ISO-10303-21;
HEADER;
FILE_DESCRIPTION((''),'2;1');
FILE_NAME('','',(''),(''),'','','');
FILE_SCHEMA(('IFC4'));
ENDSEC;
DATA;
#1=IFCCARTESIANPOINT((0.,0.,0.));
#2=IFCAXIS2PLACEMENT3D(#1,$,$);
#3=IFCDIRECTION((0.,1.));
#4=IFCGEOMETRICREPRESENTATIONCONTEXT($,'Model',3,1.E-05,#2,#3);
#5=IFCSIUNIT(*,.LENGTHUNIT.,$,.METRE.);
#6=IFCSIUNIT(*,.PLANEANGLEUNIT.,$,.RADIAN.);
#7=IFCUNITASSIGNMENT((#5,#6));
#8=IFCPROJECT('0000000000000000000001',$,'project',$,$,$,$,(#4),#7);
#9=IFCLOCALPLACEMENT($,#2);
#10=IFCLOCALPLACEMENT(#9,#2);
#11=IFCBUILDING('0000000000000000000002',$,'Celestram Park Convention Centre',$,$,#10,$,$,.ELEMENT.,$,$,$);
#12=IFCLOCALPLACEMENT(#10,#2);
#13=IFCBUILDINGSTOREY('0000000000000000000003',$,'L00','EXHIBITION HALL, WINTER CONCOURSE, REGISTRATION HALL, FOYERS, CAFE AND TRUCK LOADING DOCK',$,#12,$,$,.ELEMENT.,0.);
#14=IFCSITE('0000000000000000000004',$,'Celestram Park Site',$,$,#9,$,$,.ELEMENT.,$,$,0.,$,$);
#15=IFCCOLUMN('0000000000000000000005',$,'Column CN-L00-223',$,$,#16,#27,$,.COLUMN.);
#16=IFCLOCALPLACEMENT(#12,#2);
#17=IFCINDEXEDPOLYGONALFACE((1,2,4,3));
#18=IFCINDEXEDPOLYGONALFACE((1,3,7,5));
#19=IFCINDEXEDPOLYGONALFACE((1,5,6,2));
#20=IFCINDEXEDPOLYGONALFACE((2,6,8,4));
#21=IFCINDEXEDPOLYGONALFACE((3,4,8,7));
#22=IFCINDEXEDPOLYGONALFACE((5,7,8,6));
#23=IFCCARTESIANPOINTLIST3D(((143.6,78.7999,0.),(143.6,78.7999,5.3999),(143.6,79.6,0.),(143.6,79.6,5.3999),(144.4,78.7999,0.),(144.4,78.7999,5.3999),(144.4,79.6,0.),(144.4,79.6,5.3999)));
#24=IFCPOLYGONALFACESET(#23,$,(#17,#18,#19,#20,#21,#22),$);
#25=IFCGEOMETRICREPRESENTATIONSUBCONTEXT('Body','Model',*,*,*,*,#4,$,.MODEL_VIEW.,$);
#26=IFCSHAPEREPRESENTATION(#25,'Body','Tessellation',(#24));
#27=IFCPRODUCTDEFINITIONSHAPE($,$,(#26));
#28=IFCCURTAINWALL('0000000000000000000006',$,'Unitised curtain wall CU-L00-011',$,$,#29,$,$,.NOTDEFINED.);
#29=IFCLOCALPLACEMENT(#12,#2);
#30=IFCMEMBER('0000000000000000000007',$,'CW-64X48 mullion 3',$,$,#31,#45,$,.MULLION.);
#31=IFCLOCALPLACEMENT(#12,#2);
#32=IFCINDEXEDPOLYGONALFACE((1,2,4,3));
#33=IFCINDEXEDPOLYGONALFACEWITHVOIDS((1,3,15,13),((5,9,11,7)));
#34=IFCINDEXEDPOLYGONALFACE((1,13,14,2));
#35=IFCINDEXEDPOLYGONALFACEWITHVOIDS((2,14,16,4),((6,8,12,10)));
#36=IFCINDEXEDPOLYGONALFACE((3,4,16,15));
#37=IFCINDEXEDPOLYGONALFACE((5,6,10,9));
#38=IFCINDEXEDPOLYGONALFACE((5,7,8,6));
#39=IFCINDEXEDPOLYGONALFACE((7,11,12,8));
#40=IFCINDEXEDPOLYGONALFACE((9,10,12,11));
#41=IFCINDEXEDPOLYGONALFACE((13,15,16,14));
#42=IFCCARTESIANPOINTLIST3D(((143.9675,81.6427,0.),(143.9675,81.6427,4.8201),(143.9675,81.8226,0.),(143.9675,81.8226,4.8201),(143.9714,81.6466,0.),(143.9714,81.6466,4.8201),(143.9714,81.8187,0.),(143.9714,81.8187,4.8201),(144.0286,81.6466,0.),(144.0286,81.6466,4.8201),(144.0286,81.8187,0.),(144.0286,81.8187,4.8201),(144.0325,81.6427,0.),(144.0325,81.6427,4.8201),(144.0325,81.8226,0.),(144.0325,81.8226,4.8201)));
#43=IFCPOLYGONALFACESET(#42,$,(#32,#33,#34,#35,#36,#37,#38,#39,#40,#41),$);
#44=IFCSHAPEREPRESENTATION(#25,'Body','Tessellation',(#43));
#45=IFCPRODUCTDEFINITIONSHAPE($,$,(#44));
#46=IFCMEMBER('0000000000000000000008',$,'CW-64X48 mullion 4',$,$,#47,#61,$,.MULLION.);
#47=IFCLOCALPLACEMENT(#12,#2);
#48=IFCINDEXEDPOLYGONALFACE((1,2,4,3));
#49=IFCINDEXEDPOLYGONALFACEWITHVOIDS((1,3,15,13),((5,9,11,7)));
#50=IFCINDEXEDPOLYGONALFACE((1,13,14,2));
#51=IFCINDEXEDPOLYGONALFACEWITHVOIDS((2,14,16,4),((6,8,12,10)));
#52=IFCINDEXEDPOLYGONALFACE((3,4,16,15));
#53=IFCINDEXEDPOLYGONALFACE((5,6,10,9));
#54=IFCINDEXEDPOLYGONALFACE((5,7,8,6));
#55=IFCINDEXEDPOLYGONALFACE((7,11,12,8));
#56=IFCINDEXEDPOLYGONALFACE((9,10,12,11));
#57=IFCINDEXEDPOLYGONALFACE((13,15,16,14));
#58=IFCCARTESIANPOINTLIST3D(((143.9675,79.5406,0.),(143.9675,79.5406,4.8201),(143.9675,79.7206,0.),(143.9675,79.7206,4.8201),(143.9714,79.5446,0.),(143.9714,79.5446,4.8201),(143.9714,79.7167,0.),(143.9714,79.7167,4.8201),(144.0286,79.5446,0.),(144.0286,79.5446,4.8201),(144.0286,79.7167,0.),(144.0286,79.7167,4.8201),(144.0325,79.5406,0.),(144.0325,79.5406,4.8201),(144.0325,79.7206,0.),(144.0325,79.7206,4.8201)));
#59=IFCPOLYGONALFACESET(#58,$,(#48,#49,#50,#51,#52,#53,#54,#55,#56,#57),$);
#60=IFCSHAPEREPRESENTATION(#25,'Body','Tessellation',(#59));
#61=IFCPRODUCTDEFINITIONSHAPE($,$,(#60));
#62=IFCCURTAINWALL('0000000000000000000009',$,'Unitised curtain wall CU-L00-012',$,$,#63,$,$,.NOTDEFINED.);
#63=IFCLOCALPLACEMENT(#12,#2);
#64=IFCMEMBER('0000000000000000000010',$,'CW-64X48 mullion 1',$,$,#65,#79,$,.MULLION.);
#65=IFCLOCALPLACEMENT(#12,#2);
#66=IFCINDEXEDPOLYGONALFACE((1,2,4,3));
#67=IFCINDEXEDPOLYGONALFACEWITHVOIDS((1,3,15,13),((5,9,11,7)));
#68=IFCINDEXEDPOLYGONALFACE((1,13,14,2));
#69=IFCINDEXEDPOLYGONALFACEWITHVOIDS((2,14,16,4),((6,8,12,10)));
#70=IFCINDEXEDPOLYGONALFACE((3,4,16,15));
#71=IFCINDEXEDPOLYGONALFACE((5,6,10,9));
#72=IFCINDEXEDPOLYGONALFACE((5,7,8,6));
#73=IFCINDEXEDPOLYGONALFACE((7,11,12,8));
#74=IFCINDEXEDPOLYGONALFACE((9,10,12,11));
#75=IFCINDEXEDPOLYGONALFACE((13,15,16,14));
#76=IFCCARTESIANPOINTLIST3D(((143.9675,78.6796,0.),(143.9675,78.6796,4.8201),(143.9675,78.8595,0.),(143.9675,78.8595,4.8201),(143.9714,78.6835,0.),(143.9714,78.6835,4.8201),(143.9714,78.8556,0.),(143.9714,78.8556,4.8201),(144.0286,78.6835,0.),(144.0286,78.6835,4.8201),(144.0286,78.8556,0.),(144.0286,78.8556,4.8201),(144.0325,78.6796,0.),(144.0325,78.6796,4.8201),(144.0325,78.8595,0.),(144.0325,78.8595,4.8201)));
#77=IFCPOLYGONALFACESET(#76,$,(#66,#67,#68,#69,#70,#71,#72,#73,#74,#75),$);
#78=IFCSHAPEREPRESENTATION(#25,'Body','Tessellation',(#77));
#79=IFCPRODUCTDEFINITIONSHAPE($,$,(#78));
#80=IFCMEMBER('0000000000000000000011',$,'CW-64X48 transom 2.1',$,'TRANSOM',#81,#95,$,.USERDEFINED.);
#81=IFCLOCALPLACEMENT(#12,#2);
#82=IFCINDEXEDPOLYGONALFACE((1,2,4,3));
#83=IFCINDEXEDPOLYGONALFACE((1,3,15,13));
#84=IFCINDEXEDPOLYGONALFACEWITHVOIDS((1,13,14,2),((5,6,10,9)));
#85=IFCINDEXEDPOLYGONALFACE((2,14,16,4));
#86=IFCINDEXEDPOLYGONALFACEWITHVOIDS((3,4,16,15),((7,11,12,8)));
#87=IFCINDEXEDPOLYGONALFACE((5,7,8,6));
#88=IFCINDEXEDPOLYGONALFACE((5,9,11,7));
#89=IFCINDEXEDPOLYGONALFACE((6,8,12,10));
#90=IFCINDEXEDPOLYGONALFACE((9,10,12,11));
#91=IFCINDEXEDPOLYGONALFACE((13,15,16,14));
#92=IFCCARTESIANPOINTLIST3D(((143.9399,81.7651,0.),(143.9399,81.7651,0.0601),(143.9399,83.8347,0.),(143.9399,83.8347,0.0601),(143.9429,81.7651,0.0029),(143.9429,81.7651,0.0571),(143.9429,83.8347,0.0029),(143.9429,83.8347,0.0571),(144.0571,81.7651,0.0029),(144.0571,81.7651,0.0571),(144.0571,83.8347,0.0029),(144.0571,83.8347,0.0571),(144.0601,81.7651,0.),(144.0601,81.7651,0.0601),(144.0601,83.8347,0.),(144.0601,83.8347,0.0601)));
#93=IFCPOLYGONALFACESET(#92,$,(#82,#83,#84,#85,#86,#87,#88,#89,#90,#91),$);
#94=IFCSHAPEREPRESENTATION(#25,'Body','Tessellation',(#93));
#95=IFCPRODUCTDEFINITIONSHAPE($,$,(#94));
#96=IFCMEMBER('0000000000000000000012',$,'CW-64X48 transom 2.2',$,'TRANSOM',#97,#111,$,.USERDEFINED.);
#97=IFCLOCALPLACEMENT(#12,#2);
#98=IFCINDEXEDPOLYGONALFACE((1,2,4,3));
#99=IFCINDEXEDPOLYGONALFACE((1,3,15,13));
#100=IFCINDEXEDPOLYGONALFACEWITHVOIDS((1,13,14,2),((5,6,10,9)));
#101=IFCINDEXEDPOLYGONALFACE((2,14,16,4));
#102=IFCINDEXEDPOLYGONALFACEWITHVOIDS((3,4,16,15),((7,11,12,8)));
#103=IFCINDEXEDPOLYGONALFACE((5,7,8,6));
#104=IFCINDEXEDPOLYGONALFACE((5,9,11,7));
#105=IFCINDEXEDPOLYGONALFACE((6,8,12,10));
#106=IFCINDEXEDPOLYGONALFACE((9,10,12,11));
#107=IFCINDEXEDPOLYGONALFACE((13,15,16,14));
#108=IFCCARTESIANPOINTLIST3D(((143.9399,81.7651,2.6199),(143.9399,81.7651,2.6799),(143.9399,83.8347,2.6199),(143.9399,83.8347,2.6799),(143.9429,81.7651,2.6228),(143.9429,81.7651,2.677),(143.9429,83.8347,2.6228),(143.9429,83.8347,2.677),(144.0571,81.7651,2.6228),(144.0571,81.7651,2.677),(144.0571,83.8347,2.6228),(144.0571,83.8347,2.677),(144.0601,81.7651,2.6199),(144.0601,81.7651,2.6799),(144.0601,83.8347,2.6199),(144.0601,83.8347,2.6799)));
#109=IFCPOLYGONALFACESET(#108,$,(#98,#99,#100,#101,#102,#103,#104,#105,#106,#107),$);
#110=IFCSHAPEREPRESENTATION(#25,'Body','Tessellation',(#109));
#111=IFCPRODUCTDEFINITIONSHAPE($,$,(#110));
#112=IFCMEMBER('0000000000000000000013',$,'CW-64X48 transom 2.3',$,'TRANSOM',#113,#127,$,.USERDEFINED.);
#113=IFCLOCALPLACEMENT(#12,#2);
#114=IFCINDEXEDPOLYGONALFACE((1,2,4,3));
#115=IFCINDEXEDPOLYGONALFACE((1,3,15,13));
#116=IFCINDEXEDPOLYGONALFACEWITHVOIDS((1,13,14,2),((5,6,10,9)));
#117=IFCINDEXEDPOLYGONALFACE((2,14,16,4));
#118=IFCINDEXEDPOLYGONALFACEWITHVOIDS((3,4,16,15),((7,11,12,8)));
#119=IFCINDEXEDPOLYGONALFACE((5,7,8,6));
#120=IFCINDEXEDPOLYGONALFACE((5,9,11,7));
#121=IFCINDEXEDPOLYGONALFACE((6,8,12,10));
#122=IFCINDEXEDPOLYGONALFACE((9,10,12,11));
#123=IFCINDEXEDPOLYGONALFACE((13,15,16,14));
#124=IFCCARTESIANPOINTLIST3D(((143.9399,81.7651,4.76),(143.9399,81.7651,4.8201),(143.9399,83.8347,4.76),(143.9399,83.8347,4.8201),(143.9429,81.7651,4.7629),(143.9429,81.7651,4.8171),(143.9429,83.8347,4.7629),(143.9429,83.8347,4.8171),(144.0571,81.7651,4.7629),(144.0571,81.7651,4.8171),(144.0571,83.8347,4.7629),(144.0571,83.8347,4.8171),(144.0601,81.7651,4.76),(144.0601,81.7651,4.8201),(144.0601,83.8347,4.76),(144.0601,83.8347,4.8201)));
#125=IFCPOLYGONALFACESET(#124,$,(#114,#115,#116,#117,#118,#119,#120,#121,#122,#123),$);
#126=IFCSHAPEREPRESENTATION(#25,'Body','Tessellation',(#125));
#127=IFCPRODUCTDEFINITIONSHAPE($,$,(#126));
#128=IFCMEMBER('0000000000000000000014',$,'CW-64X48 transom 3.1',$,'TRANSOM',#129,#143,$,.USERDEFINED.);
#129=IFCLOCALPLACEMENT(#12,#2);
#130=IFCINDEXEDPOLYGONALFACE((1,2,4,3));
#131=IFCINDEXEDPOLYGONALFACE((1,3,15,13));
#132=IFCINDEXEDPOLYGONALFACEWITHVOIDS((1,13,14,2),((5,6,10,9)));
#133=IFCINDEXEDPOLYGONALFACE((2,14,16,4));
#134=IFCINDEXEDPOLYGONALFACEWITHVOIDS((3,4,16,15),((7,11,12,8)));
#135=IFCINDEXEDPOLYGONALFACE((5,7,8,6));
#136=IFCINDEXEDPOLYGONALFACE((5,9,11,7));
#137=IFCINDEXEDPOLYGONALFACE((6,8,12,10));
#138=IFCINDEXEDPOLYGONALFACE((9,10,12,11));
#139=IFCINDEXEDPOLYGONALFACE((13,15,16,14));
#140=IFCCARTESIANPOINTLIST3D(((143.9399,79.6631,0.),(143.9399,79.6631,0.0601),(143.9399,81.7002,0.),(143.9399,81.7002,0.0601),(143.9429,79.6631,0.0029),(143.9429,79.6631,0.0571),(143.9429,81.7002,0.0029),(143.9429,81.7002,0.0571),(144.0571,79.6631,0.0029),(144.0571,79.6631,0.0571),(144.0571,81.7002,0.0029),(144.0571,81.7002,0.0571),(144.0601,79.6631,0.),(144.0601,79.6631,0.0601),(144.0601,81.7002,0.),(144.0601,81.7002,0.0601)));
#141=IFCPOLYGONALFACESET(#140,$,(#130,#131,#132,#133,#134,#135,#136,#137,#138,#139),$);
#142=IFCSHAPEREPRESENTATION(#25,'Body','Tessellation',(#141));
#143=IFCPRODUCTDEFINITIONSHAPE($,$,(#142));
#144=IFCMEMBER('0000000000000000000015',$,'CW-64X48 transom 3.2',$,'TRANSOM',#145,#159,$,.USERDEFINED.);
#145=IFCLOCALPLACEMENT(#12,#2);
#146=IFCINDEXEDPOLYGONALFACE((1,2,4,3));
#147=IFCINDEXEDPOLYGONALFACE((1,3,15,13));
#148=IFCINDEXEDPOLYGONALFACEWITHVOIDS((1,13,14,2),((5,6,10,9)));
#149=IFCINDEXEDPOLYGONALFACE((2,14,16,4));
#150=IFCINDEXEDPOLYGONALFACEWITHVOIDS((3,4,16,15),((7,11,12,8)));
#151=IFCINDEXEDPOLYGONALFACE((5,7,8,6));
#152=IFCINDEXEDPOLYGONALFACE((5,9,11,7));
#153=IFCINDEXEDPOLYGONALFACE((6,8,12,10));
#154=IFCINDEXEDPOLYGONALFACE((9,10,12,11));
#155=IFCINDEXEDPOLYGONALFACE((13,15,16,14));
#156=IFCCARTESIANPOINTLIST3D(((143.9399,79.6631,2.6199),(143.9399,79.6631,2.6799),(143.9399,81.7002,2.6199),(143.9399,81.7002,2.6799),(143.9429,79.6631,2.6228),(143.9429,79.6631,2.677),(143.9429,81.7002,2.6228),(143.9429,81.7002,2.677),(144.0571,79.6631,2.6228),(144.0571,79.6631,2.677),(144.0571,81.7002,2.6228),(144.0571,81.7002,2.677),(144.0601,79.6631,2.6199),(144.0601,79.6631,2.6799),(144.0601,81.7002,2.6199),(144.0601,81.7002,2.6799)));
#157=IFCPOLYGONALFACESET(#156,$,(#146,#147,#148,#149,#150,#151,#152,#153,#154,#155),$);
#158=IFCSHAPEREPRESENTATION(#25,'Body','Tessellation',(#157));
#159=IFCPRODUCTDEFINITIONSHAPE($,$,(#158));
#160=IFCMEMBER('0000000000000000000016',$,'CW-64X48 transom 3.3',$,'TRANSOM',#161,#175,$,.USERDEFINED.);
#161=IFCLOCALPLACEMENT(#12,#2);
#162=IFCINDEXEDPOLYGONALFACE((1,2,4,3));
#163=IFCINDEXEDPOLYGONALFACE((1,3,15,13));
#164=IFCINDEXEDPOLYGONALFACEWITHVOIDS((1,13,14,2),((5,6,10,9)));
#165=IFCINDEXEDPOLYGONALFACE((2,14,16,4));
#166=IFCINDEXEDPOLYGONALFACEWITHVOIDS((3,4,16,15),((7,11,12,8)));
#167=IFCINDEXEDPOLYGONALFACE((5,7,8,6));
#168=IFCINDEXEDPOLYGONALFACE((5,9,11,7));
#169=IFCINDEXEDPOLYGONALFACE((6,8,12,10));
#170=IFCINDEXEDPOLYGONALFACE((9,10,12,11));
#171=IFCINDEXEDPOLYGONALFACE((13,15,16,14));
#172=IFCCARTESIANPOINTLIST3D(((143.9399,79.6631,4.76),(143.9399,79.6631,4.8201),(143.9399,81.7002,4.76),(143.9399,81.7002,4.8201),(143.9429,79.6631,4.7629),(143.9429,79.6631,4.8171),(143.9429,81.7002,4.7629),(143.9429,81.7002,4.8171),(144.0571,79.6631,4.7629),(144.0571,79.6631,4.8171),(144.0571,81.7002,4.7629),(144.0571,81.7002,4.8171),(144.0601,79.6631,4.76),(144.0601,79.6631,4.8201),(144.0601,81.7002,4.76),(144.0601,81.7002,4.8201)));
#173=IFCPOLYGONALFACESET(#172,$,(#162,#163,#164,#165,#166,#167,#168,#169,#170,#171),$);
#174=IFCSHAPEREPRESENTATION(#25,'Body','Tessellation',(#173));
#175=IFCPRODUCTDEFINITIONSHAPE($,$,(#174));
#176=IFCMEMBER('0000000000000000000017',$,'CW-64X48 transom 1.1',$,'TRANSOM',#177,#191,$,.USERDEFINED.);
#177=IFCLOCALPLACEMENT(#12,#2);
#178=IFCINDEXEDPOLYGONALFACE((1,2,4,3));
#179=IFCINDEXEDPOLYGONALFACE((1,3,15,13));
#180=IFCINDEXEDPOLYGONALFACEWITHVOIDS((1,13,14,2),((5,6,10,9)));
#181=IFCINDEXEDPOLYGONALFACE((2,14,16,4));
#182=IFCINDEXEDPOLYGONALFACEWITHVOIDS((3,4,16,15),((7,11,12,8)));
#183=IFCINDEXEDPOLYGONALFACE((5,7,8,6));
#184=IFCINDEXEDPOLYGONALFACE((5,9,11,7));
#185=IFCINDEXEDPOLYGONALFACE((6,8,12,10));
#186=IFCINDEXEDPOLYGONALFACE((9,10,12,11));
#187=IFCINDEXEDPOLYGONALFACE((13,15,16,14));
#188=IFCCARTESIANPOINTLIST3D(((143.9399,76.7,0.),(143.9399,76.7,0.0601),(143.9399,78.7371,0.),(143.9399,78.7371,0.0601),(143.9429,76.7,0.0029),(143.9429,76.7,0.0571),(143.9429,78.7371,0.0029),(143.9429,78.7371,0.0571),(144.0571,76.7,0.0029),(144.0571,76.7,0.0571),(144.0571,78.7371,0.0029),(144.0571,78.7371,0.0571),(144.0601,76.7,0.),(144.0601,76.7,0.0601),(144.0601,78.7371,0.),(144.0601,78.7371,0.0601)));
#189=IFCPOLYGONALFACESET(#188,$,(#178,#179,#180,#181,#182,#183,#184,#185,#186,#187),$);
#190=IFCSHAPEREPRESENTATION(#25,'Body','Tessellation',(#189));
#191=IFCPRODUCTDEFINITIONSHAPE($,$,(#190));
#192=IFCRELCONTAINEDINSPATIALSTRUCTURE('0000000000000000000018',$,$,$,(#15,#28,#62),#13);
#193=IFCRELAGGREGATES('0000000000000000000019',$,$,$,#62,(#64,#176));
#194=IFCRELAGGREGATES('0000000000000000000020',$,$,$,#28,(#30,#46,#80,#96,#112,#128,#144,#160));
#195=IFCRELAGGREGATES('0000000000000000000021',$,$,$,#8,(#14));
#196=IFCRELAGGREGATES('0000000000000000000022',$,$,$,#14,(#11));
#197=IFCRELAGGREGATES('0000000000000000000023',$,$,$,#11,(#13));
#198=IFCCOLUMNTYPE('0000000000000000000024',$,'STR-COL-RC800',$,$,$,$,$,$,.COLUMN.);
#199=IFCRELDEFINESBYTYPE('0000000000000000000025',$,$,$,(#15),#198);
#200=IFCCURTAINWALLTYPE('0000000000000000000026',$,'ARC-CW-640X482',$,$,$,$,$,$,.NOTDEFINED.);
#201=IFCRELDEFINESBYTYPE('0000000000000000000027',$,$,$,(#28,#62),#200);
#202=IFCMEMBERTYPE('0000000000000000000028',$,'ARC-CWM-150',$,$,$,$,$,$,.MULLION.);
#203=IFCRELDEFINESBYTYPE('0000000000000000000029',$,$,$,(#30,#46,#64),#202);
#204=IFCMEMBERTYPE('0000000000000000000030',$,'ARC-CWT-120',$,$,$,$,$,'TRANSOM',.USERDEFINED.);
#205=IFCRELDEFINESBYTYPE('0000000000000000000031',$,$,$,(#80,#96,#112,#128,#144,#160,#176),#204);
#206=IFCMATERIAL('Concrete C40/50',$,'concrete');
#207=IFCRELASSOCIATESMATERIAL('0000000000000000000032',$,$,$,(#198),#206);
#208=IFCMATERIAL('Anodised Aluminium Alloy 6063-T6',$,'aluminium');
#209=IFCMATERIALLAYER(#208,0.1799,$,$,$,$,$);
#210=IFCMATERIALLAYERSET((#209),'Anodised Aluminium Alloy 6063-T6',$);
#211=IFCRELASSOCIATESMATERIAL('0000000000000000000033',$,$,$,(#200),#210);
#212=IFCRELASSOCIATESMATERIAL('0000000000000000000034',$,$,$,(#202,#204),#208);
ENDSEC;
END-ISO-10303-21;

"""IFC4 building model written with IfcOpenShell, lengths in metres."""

from ifc_helpers import new_model, si_unit, direction, frame, origin, origin_2d, place, context, subcontext, project, spatial, rectangle, hollow_rectangle, extrude, material, layer, layer_set, material_profile, profile_set, type_object, element, aggregate, save


model = new_model("IFC4")

# Units and contexts
model_context = context("Model", 3, precision=1e-05, world=origin(), true_north=direction((0.0, 1.0)))
body_context = subcontext(model_context, "Body", "Model", "MODEL_VIEW")
ifc_project = project(units=[si_unit("LENGTHUNIT", "METRE"), si_unit("PLANEANGLEUNIT", "RADIAN")], contexts=[model_context])

# Site, building, storey
site_placement = place(None, origin())
site = spatial("IfcSite", under=ifc_project, at=site_placement, Name="Celestram Park Site", CompositionType="ELEMENT", RefElevation=0.0)
building_placement = place(site_placement, origin())
building = spatial("IfcBuilding", under=site, at=building_placement, Name="Celestram Park Convention Centre", CompositionType="ELEMENT")
storey_placement = place(building_placement, origin())
storey = spatial("IfcBuildingStorey", under=building, at=storey_placement, Name="L00", Description="EXHIBITION HALL, WINTER CONCOURSE, REGISTRATION HALL, FOYERS, CAFE AND TRUCK LOADING DOCK", CompositionType="ELEMENT", Elevation=0.0)

# Column
ifc_material_1 = material(Name="Concrete C40/50", Category="concrete")
ifc_material_profile_1 = material_profile(ifc_material_1, rectangle(XDim=0.8, YDim=0.8, at=origin_2d()), Name="RC800X800")
ifc_profile_set_1 = profile_set([ifc_material_profile_1], Name="Concrete C40/50")
column_type = type_object("IfcColumnType", Name="STR-COL-RC800", PredefinedType="COLUMN", material=ifc_profile_set_1)
column_placement = place(storey_placement, frame((144.0, 79.2, 0.0), z_axis=(0.0, 0.0, 1.0), x_axis=(1.0, 0.0, 0.0)))
element("IfcColumn", 1, at=column_placement, inside=storey, type_object=column_type, Name="Column CN-L00-223", PredefinedType="COLUMN", context=body_context, shape_type="SweptSolid", body=[
    extrude(rectangle(XDim=0.8, YDim=0.8, at=origin_2d()), origin(), (0.0, 0.0, 1.0), 5.3999),
])

# Curtain wall, members
ifc_material_2 = material(Name="Anodised Aluminium Alloy 6063-T6", Category="aluminium")
ifc_layer_1 = layer(ifc_material_2, 0.1799)
ifc_layer_set_1 = layer_set([ifc_layer_1], Name="Anodised Aluminium Alloy 6063-T6")
curtain_wall_type = type_object("IfcCurtainWallType", Name="ARC-CW-640X482", PredefinedType="NOTDEFINED", material=ifc_layer_set_1)
curtain_wall_1_placement = place(storey_placement, origin())
curtain_wall_1 = element("IfcCurtainWall", 2, at=curtain_wall_1_placement, inside=storey, type_object=curtain_wall_type, Name="Unitised curtain wall CU-L00-011", PredefinedType="NOTDEFINED")
ifc_material_profile_2 = material_profile(ifc_material_2, hollow_rectangle(XDim=0.0649, YDim=0.1799, WallThickness=0.0039, at=origin_2d()), Name="ALU65X180X4")
ifc_profile_set_2 = profile_set([ifc_material_profile_2], Name="Anodised Aluminium Alloy 6063-T6")
member_type_1 = type_object("IfcMemberType", Name="ARC-CWM-150", PredefinedType="MULLION", material=ifc_profile_set_2)
member_1_placement = place(storey_placement, frame((144.0, 81.7327, 0.0), z_axis=(0.0, 0.0, 1.0), x_axis=(1.0, 0.0, 0.0)))
member_1 = element("IfcMember", 3, at=member_1_placement, type_object=member_type_1, Name="CW-64X48 mullion 3", PredefinedType="MULLION", context=body_context, shape_type="SweptSolid", body=[
    extrude(hollow_rectangle(XDim=0.0649, YDim=0.1799, WallThickness=0.0039, at=origin_2d()), origin(), (0.0, 0.0, 1.0), 4.8201),
])
member_2_placement = place(storey_placement, frame((144.0, 79.6306, 0.0), z_axis=(0.0, 0.0, 1.0), x_axis=(1.0, 0.0, 0.0)))
member_2 = element("IfcMember", 4, at=member_2_placement, type_object=member_type_1, Name="CW-64X48 mullion 4", PredefinedType="MULLION", context=body_context, shape_type="SweptSolid", body=[
    extrude(hollow_rectangle(XDim=0.0649, YDim=0.1799, WallThickness=0.0039, at=origin_2d()), origin(), (0.0, 0.0, 1.0), 4.8201),
])

# Curtain wall, member
curtain_wall_2_placement = place(storey_placement, origin())
curtain_wall_2 = element("IfcCurtainWall", 5, at=curtain_wall_2_placement, inside=storey, type_object=curtain_wall_type, Name="Unitised curtain wall CU-L00-012", PredefinedType="NOTDEFINED")
member_3_placement = place(storey_placement, frame((144.0, 78.7695, 0.0), z_axis=(0.0, 0.0, 1.0), x_axis=(1.0, 0.0, 0.0)))
member_3 = element("IfcMember", 6, at=member_3_placement, type_object=member_type_1, Name="CW-64X48 mullion 1", PredefinedType="MULLION", context=body_context, shape_type="SweptSolid", body=[
    extrude(hollow_rectangle(XDim=0.0649, YDim=0.1799, WallThickness=0.0039, at=origin_2d()), origin(), (0.0, 0.0, 1.0), 4.8201),
])

# Members
ifc_material_profile_3 = material_profile(ifc_material_2, hollow_rectangle(XDim=0.1201, YDim=0.0601, WallThickness=0.0029, at=origin_2d()), Name="ALU120X60X3")
ifc_profile_set_3 = profile_set([ifc_material_profile_3], Name="Anodised Aluminium Alloy 6063-T6")
member_type_2 = type_object("IfcMemberType", Name="ARC-CWT-120", ElementType="TRANSOM", PredefinedType="USERDEFINED", material=ifc_profile_set_3)
member_4_placement = place(storey_placement, frame((144.0, 83.8347, 0.03), z_axis=(0.0, -1.0, 0.0), x_axis=(1.0, 0.0, 0.0)))
member_4 = element("IfcMember", 7, at=member_4_placement, type_object=member_type_2, Name="CW-64X48 transom 2.1", ObjectType="TRANSOM", PredefinedType="USERDEFINED", context=body_context, shape_type="SweptSolid", body=[
    extrude(hollow_rectangle(XDim=0.1201, YDim=0.0601, WallThickness=0.0029, at=origin_2d()), origin(), (0.0, 0.0, 1.0), 2.0696),
])
member_5_placement = place(storey_placement, frame((144.0, 83.8347, 2.6499), z_axis=(0.0, -1.0, 0.0), x_axis=(1.0, 0.0, 0.0)))
member_5 = element("IfcMember", 8, at=member_5_placement, type_object=member_type_2, Name="CW-64X48 transom 2.2", ObjectType="TRANSOM", PredefinedType="USERDEFINED", context=body_context, shape_type="SweptSolid", body=[
    extrude(hollow_rectangle(XDim=0.1201, YDim=0.0601, WallThickness=0.0029, at=origin_2d()), origin(), (0.0, 0.0, 1.0), 2.0696),
])
member_6_placement = place(storey_placement, frame((144.0, 83.8347, 4.79), z_axis=(0.0, -1.0, 0.0), x_axis=(1.0, 0.0, 0.0)))
member_6 = element("IfcMember", 9, at=member_6_placement, type_object=member_type_2, Name="CW-64X48 transom 2.3", ObjectType="TRANSOM", PredefinedType="USERDEFINED", context=body_context, shape_type="SweptSolid", body=[
    extrude(hollow_rectangle(XDim=0.1201, YDim=0.0601, WallThickness=0.0029, at=origin_2d()), origin(), (0.0, 0.0, 1.0), 2.0696),
])
member_7_placement = place(storey_placement, frame((144.0, 81.7002, 0.03), z_axis=(0.0, -1.0, 0.0), x_axis=(1.0, 0.0, 0.0)))
member_7 = element("IfcMember", 10, at=member_7_placement, type_object=member_type_2, Name="CW-64X48 transom 3.1", ObjectType="TRANSOM", PredefinedType="USERDEFINED", context=body_context, shape_type="SweptSolid", body=[
    extrude(hollow_rectangle(XDim=0.1201, YDim=0.0601, WallThickness=0.0029, at=origin_2d()), origin(), (0.0, 0.0, 1.0), 2.0371),
])
member_8_placement = place(storey_placement, frame((144.0, 81.7002, 2.6499), z_axis=(0.0, -1.0, 0.0), x_axis=(1.0, 0.0, 0.0)))
member_8 = element("IfcMember", 11, at=member_8_placement, type_object=member_type_2, Name="CW-64X48 transom 3.2", ObjectType="TRANSOM", PredefinedType="USERDEFINED", context=body_context, shape_type="SweptSolid", body=[
    extrude(hollow_rectangle(XDim=0.1201, YDim=0.0601, WallThickness=0.0029, at=origin_2d()), origin(), (0.0, 0.0, 1.0), 2.0371),
])
member_9_placement = place(storey_placement, frame((144.0, 81.7002, 4.79), z_axis=(0.0, -1.0, 0.0), x_axis=(1.0, 0.0, 0.0)))
member_9 = element("IfcMember", 12, at=member_9_placement, type_object=member_type_2, Name="CW-64X48 transom 3.3", ObjectType="TRANSOM", PredefinedType="USERDEFINED", context=body_context, shape_type="SweptSolid", body=[
    extrude(hollow_rectangle(XDim=0.1201, YDim=0.0601, WallThickness=0.0029, at=origin_2d()), origin(), (0.0, 0.0, 1.0), 2.0371),
])
member_10_placement = place(storey_placement, frame((144.0, 78.7371, 0.03), z_axis=(0.0, -1.0, 0.0), x_axis=(1.0, 0.0, 0.0)))
member_10 = element("IfcMember", 13, at=member_10_placement, type_object=member_type_2, Name="CW-64X48 transom 1.1", ObjectType="TRANSOM", PredefinedType="USERDEFINED", context=body_context, shape_type="SweptSolid", body=[
    extrude(hollow_rectangle(XDim=0.1201, YDim=0.0601, WallThickness=0.0029, at=origin_2d()), origin(), (0.0, 0.0, 1.0), 2.0371),
])
aggregate(curtain_wall_2, [member_3, member_10])

aggregate(curtain_wall_1, [member_1, member_2, member_4, member_5, member_6, member_7, member_8, member_9])

save(model, "model.ifc")
